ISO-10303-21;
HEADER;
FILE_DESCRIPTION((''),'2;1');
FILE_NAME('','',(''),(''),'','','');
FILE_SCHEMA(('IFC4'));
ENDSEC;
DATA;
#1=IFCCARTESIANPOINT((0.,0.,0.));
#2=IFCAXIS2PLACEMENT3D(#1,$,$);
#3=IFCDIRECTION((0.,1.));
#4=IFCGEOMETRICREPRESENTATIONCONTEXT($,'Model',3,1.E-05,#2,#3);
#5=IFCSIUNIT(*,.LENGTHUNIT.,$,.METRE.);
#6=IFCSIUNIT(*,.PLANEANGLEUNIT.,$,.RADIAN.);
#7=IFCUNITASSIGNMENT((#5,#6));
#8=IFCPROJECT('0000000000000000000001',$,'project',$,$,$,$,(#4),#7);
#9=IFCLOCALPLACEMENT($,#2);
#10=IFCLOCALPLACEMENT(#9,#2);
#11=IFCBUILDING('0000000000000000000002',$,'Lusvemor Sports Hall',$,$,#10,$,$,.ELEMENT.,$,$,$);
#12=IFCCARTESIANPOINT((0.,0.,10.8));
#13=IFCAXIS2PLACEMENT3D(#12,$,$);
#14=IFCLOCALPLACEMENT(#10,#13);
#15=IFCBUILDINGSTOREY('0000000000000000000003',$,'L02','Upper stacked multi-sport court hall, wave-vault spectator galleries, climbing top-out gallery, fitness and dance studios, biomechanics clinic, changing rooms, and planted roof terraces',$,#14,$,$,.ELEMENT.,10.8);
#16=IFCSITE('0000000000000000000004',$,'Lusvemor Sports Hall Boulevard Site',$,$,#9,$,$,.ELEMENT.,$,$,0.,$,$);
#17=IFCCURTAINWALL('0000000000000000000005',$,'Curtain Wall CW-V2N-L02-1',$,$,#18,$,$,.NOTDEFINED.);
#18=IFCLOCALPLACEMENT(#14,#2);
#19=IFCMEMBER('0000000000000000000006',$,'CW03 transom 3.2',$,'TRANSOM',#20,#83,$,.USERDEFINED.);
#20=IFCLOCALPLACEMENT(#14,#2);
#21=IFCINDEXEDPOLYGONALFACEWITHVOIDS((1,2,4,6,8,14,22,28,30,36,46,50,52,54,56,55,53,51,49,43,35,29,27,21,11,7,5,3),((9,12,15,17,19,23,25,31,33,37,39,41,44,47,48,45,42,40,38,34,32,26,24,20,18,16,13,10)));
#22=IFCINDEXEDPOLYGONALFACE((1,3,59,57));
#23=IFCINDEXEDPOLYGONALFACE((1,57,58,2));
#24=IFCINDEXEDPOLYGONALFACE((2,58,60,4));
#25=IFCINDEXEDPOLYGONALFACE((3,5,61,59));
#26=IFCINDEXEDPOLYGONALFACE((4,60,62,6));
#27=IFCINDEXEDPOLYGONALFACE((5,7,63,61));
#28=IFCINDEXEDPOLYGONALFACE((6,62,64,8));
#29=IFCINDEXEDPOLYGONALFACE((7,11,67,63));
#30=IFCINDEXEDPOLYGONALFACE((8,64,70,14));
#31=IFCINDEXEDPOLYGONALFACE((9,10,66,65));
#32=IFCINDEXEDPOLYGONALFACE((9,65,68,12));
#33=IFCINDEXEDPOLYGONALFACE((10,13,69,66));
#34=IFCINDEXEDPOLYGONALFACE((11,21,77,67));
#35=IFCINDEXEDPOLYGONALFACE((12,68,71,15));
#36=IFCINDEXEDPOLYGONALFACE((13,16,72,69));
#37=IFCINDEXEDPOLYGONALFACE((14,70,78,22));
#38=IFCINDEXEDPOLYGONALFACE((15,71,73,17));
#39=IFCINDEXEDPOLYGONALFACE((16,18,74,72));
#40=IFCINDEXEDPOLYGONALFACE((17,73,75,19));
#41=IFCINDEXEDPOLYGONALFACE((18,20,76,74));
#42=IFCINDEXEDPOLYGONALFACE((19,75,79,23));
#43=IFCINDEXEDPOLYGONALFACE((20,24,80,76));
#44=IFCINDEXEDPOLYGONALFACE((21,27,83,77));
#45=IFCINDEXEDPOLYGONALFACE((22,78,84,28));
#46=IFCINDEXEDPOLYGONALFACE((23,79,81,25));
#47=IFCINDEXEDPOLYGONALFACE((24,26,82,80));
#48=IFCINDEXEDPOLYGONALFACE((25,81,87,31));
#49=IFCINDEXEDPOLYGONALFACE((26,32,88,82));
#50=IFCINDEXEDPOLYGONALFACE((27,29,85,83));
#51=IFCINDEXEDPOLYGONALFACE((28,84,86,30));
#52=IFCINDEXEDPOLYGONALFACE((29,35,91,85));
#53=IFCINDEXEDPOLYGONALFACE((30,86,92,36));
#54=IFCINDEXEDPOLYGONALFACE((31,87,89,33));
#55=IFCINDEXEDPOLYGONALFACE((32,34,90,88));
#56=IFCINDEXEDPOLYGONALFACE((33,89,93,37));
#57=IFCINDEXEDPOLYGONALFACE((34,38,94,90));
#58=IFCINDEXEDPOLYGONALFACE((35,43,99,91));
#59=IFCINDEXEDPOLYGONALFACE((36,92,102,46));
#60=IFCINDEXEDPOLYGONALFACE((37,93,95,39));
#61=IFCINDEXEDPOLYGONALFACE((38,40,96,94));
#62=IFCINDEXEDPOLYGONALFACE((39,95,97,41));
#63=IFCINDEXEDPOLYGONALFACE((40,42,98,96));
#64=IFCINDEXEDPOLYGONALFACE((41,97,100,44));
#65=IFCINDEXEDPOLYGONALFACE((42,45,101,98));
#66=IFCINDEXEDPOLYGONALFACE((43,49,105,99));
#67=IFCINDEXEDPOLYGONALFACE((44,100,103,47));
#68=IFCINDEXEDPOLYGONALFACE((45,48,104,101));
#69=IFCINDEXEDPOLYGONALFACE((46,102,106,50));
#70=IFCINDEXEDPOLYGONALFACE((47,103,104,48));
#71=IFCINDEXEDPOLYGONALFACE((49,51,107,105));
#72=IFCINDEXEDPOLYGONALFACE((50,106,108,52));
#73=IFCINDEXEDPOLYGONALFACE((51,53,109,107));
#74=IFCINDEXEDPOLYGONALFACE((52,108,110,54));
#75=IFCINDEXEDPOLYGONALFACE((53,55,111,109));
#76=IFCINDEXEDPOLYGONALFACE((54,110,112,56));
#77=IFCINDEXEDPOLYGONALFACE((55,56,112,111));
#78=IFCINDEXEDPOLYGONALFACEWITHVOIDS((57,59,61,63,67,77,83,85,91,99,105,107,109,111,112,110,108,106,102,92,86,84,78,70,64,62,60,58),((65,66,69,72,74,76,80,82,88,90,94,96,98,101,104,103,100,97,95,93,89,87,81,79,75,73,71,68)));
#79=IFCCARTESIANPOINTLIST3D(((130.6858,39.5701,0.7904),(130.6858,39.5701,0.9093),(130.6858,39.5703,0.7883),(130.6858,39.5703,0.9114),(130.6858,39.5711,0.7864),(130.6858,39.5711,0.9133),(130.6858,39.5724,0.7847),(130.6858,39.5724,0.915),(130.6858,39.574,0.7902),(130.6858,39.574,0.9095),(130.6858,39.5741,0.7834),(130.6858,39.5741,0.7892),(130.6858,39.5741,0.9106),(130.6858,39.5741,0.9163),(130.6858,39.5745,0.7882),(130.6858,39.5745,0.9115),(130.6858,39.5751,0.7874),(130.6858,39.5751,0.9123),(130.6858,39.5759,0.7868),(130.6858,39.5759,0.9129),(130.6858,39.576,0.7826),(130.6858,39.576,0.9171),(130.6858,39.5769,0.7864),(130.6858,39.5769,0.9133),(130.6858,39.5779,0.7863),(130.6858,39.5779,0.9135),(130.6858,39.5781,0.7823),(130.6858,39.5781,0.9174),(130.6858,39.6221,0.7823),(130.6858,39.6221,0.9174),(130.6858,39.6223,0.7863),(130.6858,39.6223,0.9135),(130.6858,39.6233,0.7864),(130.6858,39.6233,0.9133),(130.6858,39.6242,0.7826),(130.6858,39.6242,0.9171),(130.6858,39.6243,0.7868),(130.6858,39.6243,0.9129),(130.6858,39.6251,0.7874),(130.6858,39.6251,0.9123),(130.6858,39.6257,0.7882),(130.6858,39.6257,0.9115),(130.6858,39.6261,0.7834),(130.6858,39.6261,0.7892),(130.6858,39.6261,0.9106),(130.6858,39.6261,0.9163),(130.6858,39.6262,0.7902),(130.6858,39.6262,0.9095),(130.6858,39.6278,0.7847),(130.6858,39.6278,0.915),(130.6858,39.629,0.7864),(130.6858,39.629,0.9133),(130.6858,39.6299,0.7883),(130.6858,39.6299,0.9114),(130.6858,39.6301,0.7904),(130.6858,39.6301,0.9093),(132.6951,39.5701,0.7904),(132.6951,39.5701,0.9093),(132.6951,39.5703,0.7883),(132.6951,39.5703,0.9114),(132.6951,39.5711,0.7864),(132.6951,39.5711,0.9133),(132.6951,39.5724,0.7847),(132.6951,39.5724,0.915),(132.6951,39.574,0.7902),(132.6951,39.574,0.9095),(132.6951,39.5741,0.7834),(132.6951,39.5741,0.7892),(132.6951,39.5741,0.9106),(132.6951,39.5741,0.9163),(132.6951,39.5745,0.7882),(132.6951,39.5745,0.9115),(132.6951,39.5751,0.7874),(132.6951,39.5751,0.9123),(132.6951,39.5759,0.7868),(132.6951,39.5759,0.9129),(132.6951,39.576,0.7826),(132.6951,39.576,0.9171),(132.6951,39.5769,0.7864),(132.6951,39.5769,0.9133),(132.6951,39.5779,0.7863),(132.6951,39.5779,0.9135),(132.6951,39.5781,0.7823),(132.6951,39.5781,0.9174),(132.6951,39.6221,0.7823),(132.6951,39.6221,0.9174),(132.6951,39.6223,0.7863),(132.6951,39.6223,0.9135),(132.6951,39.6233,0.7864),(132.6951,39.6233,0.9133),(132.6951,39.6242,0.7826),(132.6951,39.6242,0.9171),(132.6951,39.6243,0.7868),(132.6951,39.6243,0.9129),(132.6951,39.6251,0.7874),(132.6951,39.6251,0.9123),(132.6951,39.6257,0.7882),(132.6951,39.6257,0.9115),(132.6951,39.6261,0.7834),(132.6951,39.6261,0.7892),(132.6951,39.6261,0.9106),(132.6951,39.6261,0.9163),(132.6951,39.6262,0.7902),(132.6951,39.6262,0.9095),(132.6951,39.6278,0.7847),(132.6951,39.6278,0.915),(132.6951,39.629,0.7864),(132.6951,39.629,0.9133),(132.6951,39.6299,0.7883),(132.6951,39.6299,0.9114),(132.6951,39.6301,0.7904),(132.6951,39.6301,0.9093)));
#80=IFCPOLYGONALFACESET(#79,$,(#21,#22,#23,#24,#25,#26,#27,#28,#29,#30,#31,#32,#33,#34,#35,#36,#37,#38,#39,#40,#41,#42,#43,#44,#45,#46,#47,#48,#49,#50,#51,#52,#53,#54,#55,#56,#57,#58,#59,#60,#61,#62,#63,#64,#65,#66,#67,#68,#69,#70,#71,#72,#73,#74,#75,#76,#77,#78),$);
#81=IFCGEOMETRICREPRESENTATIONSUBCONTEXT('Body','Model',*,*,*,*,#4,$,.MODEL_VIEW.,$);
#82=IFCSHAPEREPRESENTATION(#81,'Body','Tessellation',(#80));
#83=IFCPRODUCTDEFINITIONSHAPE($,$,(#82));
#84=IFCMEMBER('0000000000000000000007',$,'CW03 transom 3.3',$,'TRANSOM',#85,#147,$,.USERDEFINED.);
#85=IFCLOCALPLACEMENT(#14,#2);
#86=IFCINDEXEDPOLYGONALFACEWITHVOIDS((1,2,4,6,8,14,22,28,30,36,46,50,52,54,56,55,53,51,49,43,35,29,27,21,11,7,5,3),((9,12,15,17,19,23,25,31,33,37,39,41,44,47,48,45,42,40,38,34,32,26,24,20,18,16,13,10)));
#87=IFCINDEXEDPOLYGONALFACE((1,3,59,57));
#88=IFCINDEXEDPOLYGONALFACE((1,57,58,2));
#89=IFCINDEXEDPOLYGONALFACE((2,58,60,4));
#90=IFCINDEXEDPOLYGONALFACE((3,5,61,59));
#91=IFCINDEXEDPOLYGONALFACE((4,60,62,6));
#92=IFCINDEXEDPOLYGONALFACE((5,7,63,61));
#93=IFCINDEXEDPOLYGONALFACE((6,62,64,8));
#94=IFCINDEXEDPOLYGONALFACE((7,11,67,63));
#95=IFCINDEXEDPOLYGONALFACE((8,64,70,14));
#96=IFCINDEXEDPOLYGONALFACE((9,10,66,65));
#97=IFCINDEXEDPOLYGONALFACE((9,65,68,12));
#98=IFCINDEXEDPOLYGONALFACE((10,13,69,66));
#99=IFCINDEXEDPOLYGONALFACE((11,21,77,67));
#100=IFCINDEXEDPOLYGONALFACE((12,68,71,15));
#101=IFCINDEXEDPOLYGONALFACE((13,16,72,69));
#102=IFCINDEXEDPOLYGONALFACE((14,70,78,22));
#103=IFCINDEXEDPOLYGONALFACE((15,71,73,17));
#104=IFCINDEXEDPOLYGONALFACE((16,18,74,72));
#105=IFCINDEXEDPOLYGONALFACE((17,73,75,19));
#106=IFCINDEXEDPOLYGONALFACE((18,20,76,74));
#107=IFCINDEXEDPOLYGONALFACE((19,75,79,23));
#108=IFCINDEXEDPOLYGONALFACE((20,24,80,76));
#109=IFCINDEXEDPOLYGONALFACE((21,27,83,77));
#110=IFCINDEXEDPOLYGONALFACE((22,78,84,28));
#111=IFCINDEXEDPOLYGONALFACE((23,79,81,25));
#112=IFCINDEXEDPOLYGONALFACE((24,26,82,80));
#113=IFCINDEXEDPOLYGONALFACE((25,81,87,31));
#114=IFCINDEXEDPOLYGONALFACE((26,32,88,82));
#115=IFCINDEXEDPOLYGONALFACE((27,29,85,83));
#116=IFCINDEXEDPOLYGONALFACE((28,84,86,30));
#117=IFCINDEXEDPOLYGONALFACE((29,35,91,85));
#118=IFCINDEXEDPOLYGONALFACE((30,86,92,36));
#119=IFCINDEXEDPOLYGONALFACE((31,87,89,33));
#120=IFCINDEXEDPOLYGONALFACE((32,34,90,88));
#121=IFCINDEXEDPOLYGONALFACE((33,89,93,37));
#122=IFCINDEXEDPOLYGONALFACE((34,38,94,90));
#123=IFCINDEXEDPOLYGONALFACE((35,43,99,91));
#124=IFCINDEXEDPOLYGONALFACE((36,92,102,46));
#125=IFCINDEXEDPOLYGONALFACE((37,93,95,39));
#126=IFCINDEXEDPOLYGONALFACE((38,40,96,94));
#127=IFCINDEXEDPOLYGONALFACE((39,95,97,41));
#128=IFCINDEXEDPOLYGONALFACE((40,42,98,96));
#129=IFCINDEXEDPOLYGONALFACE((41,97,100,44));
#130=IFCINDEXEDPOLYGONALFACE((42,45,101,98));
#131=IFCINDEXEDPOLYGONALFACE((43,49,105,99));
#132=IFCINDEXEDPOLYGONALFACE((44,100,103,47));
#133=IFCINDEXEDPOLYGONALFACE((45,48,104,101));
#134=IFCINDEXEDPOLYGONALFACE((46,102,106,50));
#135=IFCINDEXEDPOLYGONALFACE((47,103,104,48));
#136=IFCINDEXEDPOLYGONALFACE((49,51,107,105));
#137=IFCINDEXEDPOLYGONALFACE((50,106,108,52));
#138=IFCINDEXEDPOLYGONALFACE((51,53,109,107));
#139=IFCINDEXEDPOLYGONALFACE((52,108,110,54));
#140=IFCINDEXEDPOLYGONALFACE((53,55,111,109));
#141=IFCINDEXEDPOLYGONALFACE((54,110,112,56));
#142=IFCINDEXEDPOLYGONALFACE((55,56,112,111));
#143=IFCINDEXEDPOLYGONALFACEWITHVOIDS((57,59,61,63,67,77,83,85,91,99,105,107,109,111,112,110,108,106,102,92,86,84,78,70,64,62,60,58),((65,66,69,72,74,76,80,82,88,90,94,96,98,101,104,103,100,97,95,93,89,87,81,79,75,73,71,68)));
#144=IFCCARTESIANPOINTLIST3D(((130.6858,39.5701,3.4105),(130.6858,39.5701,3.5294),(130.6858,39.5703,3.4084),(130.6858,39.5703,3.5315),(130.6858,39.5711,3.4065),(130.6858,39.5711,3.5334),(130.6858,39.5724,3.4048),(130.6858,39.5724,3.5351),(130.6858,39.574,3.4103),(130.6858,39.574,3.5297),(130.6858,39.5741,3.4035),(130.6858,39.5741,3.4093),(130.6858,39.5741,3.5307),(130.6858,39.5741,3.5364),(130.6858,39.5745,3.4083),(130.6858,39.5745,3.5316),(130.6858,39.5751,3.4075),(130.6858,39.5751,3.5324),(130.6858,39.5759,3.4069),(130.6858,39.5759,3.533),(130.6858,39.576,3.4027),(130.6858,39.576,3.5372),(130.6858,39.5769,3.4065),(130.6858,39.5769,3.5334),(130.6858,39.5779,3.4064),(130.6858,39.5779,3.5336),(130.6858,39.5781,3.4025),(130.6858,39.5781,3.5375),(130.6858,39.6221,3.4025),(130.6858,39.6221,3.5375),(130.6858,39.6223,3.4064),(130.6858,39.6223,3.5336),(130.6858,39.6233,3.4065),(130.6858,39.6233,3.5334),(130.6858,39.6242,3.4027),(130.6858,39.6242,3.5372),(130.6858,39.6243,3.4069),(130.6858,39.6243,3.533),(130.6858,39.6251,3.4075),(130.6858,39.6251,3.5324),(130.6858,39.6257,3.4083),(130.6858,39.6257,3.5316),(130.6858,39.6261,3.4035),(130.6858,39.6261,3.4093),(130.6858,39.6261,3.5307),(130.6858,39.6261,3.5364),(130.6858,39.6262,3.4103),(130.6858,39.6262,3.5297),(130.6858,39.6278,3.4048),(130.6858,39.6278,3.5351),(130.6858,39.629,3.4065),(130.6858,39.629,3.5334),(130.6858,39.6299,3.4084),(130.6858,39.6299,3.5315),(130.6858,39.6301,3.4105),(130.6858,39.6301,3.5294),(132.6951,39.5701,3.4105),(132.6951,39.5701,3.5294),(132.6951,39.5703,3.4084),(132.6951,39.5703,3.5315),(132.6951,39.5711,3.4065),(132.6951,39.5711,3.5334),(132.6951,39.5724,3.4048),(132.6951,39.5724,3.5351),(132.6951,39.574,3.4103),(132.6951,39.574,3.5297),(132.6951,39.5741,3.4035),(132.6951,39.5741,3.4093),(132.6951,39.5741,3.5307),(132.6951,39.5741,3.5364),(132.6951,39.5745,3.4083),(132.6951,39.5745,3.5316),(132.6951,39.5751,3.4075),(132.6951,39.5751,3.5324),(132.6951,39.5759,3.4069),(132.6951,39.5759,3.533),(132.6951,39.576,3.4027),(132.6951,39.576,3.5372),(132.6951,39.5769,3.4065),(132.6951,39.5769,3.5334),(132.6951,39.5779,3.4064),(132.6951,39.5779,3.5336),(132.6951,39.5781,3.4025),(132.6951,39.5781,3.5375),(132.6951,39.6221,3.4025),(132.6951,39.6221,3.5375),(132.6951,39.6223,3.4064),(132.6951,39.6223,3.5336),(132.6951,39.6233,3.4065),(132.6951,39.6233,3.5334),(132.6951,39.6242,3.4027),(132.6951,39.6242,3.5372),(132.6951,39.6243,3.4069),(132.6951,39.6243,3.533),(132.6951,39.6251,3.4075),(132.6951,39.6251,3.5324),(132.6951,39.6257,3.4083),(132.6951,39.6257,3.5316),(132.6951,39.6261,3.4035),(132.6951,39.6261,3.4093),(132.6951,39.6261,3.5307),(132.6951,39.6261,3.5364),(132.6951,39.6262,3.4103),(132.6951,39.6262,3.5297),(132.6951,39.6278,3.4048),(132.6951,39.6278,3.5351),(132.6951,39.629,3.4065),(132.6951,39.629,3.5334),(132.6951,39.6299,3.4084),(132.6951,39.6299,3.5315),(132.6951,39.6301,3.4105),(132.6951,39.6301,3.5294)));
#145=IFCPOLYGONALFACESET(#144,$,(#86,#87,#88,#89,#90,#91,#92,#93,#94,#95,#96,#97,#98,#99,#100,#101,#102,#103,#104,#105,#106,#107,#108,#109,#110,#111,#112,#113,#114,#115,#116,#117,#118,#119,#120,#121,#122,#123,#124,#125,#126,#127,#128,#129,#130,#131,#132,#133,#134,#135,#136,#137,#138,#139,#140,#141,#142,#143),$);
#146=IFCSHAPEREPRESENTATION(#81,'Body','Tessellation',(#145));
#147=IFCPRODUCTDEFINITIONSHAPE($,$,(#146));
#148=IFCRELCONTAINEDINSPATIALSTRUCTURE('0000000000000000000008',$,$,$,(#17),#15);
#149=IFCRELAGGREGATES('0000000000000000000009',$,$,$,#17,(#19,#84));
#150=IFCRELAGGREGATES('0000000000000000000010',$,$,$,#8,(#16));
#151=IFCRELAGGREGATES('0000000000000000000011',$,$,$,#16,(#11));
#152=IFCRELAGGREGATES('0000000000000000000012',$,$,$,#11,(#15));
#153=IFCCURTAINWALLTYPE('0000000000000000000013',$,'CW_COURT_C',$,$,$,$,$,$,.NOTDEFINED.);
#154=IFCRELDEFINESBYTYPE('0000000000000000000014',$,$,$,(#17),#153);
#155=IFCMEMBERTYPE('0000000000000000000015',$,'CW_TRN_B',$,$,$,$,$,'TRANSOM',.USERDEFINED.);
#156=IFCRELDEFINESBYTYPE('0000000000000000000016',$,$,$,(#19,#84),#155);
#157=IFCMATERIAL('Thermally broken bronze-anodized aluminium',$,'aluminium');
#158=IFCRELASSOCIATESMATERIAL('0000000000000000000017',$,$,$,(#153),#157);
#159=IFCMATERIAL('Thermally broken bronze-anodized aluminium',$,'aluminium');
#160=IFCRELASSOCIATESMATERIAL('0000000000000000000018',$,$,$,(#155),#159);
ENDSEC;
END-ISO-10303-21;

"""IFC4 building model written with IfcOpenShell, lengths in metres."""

from ifc_helpers import new_model, si_unit, direction, frame, origin, origin_2d, place, context, subcontext, project, spatial, hollow_rectangle, extrude, material, material_profile, profile_set, type_object, element, aggregate, save


model = new_model("IFC4")

# Units and contexts
model_context = context("Model", 3, precision=1e-05, world=origin(), true_north=direction((0.0, 1.0)))
body_context = subcontext(model_context, "Body", "Model", "MODEL_VIEW")
ifc_project = project(units=[si_unit("LENGTHUNIT", "METRE"), si_unit("PLANEANGLEUNIT", "RADIAN")], contexts=[model_context])

# Site, building, storey
site_placement = place(None, origin())
site = spatial("IfcSite", under=ifc_project, at=site_placement, Name="Lusvemor Sports Hall Boulevard Site", CompositionType="ELEMENT", RefElevation=0.0)
building_placement = place(site_placement, origin())
building = spatial("IfcBuilding", under=site, at=building_placement, Name="Lusvemor Sports Hall", CompositionType="ELEMENT")
storey_placement = place(building_placement, frame((0.0, 0.0, 10.8)))
storey = spatial("IfcBuildingStorey", under=building, at=storey_placement, Name="L02", Description="Upper stacked multi-sport court hall, wave-vault spectator galleries, climbing top-out gallery, fitness and dance studios, biomechanics clinic, changing rooms, and planted roof terraces", CompositionType="ELEMENT", Elevation=10.8)

# Curtain wall
ifc_material_1 = material(Name="Thermally broken bronze-anodized aluminium", Category="aluminium")
curtain_wall_type_1 = type_object("IfcCurtainWallType", Name="CW_COURT_C", PredefinedType="NOTDEFINED", material=ifc_material_1)
curtain_wall_1_placement = place(storey_placement, origin())
curtain_wall_1 = element("IfcCurtainWall", 1, at=curtain_wall_1_placement, inside=storey, type_object=curtain_wall_type_1, Name="Curtain Wall CW-V2N-L02-1", PredefinedType="NOTDEFINED")

# Members
ifc_material_2 = material(Name="Thermally broken bronze-anodized aluminium", Category="aluminium")
ifc_material_profile_1 = material_profile(ifc_material_2, hollow_rectangle(XDim=0.0601, YDim=0.135, WallThickness=0.0039, InnerFilletRadius=0.0039, OuterFilletRadius=0.0081, at=origin_2d()), Name="CWTRN135x60x4")
ifc_profile_set_1 = profile_set([ifc_material_profile_1], Name="Thermally broken bronze-anodized aluminium")
member_type_1 = type_object("IfcMemberType", Name="CW_TRN_B", ElementType="TRANSOM", PredefinedType="USERDEFINED", material=ifc_profile_set_1)
member_1_placement = place(storey_placement, frame((130.6858, 39.6001, 0.8499), z_axis=(1.0, 0.0, 0.0), x_axis=(0.0, 1.0, 0.0)))
member_1 = element("IfcMember", 2, at=member_1_placement, type_object=member_type_1, Name="CW03 transom 3.2", ObjectType="TRANSOM", PredefinedType="USERDEFINED", context=body_context, shape_type="SweptSolid", body=[
    extrude(hollow_rectangle(XDim=0.0601, YDim=0.135, WallThickness=0.0039, InnerFilletRadius=0.0039, OuterFilletRadius=0.0081, at=origin_2d()), origin(), (0.0, 0.0, 1.0), 2.0093),
])
member_2_placement = place(storey_placement, frame((130.6858, 39.6001, 3.47), z_axis=(1.0, 0.0, 0.0), x_axis=(0.0, 1.0, 0.0)))
member_2 = element("IfcMember", 3, at=member_2_placement, type_object=member_type_1, Name="CW03 transom 3.3", ObjectType="TRANSOM", PredefinedType="USERDEFINED", context=body_context, shape_type="SweptSolid", body=[
    extrude(hollow_rectangle(XDim=0.0601, YDim=0.135, WallThickness=0.0039, InnerFilletRadius=0.0039, OuterFilletRadius=0.0081, at=origin_2d()), origin(), (0.0, 0.0, 1.0), 2.0093),
])

aggregate(curtain_wall_1, [member_1, member_2])

save(model, "model.ifc")
